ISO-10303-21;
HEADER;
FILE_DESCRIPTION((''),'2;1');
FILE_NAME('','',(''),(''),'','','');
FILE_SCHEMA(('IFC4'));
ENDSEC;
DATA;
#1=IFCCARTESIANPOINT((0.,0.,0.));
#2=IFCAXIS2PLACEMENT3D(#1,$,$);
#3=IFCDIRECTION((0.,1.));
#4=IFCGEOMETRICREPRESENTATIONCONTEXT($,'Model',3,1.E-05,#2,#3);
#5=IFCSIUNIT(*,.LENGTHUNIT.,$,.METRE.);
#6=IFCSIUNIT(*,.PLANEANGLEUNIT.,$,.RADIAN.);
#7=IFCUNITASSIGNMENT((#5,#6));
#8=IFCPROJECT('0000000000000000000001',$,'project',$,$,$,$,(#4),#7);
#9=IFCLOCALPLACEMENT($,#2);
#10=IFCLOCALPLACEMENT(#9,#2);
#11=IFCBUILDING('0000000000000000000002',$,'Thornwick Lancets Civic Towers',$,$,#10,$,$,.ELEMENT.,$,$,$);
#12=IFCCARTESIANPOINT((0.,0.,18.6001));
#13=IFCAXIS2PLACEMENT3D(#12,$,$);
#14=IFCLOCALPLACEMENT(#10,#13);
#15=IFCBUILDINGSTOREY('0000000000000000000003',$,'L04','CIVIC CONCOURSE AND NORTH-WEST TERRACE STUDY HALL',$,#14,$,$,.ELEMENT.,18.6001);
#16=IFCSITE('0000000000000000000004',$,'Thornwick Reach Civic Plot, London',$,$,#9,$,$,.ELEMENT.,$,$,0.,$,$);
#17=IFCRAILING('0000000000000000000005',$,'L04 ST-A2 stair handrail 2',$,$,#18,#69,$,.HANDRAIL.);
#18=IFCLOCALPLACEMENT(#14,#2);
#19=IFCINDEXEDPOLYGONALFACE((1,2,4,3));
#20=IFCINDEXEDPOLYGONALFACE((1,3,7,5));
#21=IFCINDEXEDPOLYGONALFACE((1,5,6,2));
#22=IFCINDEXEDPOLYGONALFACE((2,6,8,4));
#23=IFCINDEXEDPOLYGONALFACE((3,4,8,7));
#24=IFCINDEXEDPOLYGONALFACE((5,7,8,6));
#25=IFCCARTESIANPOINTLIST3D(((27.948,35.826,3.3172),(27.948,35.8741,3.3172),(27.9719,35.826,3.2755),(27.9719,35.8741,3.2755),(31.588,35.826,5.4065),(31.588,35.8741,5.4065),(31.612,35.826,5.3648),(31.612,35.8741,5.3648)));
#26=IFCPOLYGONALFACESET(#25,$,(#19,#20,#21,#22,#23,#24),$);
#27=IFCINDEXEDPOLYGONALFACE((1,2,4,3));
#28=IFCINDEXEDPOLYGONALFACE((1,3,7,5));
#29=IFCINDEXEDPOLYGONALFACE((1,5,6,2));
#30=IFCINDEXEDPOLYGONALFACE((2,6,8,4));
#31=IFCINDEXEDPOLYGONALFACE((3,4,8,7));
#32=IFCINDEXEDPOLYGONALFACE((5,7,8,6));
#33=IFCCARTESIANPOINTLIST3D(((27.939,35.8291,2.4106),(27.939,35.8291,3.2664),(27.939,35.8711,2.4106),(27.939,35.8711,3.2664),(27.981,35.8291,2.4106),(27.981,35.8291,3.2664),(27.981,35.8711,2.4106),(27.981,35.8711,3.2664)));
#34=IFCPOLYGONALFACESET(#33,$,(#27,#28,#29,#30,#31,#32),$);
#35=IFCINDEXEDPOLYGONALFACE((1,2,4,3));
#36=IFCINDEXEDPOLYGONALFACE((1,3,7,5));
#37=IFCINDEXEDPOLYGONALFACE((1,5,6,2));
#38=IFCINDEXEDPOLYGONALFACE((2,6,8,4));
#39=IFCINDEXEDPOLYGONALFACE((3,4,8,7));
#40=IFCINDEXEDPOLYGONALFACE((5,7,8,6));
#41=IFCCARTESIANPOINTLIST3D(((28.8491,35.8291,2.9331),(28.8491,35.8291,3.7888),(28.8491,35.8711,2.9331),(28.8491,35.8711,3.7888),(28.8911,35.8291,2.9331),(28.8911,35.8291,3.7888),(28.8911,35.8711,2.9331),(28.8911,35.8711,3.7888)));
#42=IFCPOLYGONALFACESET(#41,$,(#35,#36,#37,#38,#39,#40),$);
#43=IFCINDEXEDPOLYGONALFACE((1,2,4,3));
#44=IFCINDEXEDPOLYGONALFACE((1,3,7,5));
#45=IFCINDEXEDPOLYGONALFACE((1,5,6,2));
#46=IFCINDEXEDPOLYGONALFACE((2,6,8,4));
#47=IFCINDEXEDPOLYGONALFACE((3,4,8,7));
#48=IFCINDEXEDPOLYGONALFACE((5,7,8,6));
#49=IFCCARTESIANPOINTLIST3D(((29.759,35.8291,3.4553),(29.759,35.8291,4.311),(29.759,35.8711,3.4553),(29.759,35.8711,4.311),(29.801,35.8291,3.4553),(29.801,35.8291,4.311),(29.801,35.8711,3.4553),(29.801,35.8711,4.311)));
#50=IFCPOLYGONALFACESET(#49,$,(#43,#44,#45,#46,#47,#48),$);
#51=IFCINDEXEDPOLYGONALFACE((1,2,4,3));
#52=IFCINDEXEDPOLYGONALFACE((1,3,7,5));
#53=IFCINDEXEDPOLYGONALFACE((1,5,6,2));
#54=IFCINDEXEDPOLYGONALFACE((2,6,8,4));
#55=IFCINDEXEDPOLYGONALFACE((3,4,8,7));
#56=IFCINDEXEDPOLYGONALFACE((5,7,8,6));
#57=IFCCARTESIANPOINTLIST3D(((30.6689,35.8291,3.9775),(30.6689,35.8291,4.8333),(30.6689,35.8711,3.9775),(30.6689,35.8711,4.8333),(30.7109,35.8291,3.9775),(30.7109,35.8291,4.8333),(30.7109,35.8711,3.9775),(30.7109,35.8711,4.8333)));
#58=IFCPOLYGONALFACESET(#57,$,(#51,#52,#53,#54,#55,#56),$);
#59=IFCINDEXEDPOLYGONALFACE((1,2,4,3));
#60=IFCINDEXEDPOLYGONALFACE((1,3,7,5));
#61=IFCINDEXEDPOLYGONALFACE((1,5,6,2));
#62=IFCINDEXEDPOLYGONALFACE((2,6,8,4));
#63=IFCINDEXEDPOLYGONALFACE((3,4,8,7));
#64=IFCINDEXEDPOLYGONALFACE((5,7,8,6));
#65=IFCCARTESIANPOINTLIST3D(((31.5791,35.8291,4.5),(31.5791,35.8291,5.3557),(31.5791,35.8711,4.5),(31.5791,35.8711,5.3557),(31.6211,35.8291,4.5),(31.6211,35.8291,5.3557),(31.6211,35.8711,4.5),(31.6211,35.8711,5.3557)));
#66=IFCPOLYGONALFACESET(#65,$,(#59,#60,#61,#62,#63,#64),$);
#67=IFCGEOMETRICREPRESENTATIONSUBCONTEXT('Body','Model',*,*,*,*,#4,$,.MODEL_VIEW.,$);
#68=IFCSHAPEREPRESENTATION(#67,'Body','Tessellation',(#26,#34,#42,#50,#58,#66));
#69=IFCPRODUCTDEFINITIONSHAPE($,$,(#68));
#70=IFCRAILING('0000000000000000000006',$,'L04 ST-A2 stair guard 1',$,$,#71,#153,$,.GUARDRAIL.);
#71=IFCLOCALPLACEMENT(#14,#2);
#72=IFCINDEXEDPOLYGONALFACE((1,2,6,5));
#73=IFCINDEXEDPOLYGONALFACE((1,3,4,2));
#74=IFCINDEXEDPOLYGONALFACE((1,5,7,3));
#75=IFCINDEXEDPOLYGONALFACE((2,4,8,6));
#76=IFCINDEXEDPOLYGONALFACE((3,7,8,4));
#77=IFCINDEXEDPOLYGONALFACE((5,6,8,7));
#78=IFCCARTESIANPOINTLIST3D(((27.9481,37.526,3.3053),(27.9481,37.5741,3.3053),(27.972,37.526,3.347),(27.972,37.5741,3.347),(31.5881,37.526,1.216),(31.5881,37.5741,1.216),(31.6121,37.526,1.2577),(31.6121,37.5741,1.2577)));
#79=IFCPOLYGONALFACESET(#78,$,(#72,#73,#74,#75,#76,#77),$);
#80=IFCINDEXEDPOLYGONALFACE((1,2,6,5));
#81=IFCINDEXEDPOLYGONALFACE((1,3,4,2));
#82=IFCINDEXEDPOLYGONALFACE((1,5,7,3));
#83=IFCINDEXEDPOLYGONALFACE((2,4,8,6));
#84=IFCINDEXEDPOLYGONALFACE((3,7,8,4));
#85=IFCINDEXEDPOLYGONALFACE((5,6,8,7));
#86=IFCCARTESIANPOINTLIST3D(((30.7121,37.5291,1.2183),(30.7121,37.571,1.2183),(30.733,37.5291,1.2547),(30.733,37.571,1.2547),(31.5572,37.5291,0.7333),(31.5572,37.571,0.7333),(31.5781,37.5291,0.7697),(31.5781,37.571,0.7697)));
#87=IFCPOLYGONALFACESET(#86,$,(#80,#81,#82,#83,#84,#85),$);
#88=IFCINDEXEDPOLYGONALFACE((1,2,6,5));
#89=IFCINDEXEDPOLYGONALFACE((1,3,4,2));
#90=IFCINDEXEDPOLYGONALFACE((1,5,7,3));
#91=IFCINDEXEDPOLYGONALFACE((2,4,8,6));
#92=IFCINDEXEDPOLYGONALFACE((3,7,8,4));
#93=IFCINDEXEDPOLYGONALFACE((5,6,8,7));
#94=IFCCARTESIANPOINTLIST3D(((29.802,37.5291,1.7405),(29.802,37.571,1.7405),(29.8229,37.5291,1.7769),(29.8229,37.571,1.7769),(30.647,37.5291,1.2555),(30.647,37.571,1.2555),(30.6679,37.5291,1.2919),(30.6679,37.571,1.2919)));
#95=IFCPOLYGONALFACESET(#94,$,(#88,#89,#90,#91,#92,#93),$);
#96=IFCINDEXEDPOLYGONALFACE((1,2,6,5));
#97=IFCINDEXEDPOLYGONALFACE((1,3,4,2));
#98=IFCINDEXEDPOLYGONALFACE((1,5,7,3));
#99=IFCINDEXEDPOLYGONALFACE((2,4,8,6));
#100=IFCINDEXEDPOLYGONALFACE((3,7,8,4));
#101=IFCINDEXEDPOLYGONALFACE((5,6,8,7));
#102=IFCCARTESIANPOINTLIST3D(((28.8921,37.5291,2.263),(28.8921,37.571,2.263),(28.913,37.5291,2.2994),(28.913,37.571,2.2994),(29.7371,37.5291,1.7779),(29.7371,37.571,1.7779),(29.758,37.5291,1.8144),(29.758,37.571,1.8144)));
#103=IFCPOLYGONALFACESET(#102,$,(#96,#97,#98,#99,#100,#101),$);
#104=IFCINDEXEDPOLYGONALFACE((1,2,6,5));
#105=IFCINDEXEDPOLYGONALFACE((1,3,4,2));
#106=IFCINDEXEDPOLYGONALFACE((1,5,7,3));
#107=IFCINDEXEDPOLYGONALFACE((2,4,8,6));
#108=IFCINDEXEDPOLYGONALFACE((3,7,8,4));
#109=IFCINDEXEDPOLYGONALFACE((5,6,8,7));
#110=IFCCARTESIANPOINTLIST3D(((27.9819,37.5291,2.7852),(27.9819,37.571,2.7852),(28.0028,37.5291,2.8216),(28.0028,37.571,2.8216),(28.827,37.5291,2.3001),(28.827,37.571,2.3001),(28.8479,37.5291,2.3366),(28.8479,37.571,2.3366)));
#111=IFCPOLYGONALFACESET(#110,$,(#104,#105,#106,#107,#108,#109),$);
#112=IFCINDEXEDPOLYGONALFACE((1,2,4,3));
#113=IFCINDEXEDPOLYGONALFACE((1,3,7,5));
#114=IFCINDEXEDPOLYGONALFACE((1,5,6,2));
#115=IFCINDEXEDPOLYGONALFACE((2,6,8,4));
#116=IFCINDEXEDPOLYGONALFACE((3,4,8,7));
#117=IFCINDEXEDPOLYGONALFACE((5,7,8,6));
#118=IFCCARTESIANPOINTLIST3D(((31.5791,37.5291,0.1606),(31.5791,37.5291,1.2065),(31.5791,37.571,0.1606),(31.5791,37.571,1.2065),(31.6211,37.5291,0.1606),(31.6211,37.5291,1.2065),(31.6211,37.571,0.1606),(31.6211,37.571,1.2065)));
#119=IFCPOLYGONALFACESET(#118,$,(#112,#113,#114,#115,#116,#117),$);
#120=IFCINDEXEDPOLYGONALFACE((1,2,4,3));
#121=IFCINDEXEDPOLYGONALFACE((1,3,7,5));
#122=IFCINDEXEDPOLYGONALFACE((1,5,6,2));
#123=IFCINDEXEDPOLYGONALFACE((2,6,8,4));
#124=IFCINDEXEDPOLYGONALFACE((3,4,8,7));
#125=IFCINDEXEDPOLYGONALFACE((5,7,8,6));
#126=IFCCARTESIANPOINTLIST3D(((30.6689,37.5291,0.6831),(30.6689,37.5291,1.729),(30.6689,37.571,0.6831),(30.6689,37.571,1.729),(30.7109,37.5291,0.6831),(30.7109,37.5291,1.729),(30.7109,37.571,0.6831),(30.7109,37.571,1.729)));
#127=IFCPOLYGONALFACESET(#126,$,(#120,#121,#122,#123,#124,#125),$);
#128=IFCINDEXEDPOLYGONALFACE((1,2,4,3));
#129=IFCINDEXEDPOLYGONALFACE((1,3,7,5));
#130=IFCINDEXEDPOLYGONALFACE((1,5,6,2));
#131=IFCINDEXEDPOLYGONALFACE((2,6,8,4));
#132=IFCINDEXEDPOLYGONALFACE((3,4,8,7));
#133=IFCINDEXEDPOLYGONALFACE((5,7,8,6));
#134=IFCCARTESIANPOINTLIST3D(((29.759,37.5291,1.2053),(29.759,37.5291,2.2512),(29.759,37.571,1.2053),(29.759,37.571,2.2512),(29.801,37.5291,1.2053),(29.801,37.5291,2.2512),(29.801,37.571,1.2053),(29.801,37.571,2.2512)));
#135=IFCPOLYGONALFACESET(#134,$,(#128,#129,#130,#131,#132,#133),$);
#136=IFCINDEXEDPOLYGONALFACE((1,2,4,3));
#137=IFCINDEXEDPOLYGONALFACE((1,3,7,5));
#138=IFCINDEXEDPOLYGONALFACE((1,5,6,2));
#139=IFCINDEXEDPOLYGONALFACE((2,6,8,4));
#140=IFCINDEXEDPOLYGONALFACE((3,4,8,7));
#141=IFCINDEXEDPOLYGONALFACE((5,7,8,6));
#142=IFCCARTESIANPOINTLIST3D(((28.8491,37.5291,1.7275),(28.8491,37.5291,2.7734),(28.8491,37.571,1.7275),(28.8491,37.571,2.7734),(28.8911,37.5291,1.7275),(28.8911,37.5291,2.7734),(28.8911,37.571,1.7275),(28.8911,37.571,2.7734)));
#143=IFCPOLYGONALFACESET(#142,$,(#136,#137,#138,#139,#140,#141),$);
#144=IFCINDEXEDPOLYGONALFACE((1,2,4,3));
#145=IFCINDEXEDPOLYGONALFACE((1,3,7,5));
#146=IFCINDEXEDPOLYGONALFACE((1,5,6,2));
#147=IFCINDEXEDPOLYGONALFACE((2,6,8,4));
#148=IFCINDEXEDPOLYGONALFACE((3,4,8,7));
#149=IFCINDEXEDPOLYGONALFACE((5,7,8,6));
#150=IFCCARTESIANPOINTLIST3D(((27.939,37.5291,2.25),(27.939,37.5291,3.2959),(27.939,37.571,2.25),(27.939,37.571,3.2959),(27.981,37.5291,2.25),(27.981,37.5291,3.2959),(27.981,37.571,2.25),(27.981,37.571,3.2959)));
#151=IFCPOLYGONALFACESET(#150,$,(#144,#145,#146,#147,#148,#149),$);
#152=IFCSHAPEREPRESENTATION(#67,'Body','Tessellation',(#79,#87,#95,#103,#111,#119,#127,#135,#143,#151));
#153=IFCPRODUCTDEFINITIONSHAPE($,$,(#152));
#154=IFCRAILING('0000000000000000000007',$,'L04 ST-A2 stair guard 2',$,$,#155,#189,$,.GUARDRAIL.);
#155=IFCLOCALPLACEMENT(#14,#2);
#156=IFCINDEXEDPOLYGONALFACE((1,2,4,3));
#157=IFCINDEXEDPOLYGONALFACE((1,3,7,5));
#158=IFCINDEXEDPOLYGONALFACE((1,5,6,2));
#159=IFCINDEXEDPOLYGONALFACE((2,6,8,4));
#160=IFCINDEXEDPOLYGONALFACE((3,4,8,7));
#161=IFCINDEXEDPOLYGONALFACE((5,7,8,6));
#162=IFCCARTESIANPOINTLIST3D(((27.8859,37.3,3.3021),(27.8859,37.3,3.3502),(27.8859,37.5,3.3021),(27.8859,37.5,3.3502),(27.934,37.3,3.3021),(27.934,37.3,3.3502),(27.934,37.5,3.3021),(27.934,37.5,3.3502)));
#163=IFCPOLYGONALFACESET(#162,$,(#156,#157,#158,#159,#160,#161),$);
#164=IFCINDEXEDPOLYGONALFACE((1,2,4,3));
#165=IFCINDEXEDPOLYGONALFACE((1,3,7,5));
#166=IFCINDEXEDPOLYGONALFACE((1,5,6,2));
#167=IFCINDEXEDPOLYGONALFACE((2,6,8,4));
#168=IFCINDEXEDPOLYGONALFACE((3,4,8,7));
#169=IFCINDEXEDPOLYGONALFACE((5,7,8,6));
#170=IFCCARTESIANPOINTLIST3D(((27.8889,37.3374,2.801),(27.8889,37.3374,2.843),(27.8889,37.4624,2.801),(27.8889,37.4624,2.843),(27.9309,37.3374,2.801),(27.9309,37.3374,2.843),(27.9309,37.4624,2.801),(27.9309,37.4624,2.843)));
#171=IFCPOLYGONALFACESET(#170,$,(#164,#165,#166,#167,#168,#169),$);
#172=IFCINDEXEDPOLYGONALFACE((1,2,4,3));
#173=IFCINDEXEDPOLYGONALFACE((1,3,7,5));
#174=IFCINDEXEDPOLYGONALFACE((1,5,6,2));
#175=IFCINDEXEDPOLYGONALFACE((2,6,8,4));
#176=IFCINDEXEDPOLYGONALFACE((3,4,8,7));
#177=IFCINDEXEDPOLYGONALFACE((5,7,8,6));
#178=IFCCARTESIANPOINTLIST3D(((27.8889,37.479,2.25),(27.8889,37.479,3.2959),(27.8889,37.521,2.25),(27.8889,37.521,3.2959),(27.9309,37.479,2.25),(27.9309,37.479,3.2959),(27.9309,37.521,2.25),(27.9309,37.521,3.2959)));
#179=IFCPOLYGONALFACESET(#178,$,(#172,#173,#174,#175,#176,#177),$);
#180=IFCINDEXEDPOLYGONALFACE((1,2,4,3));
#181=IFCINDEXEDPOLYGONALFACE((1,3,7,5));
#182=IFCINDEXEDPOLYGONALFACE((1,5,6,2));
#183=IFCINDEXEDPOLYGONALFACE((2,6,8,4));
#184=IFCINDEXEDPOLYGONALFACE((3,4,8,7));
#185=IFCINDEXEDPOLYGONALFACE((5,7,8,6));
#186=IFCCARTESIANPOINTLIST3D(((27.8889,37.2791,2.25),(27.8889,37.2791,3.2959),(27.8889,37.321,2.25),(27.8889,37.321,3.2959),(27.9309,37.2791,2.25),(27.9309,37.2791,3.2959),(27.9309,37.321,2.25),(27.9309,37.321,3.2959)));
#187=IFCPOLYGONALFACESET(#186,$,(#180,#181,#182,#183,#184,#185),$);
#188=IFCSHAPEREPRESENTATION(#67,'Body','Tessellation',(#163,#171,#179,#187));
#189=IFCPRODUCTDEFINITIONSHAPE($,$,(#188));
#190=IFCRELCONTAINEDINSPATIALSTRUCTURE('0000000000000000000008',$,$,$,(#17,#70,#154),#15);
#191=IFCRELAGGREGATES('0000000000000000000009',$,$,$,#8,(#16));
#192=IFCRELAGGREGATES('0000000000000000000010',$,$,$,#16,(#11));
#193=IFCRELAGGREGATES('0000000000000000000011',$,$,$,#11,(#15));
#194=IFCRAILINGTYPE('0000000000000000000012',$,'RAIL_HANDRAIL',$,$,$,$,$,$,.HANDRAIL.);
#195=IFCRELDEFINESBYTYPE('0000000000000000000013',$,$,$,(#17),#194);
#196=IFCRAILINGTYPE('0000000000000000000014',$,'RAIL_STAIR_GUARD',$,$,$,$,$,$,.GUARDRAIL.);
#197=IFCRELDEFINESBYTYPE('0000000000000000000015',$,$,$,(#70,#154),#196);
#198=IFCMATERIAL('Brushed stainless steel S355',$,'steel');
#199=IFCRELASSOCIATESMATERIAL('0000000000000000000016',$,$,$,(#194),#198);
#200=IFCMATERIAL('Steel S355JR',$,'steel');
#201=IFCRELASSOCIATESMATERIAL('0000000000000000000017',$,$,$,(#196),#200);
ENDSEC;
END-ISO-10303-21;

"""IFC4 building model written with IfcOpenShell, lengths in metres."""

from ifc_helpers import new_model, si_unit, direction, frame, origin, origin_2d, place, context, subcontext, project, spatial, rectangle, extrude, material, type_object, element, save


model = new_model("IFC4")

# Units and contexts
model_context = context("Model", 3, precision=1e-05, world=origin(), true_north=direction((0.0, 1.0)))
body_context = subcontext(model_context, "Body", "Model", "MODEL_VIEW")
ifc_project = project(units=[si_unit("LENGTHUNIT", "METRE"), si_unit("PLANEANGLEUNIT", "RADIAN")], contexts=[model_context])

# Site, building, storey
site_placement = place(None, origin())
site = spatial("IfcSite", under=ifc_project, at=site_placement, Name="Thornwick Reach Civic Plot, London", CompositionType="ELEMENT", RefElevation=0.0)
building_placement = place(site_placement, origin())
building = spatial("IfcBuilding", under=site, at=building_placement, Name="Thornwick Lancets Civic Towers", CompositionType="ELEMENT")
storey_placement = place(building_placement, frame((0.0, 0.0, 18.6001)))
storey = spatial("IfcBuildingStorey", under=building, at=storey_placement, Name="L04", Description="CIVIC CONCOURSE AND NORTH-WEST TERRACE STUDY HALL", CompositionType="ELEMENT", Elevation=18.6001)

# Shared definitions
ifc_material_1 = material(Name="Steel S355JR", Category="steel")

# Railings
ifc_material_2 = material(Name="Brushed stainless steel S355", Category="steel")
railing_type_1 = type_object("IfcRailingType", Name="RAIL_HANDRAIL", PredefinedType="HANDRAIL", material=ifc_material_2)
railing_1_placement = place(storey_placement, frame((27.96, 35.8501, 2.4106)))
element("IfcRailing", 1, at=railing_1_placement, inside=storey, type_object=railing_type_1, Name="L04 ST-A2 stair handrail 2", PredefinedType="HANDRAIL", context=body_context, shape_type="SweptSolid", body=[
    extrude(rectangle(XDim=0.0481, YDim=0.0481, at=origin_2d()), frame((0.0, 0.0, 0.8857), z_axis=(0.867289, 0.0, 0.497804), x_axis=(0.0, 1.0, 0.0)), (0.0, 0.0, 1.0), 4.197),
    extrude(rectangle(XDim=0.042, YDim=0.042, at=origin_2d()), origin(), (0.0, 0.0, 1.0), 0.8557),
    extrude(rectangle(XDim=0.042, YDim=0.042, at=origin_2d()), frame((0.9102, 0.0, 0.5225)), (0.0, 0.0, 1.0), 0.8557),
    extrude(rectangle(XDim=0.042, YDim=0.042, at=origin_2d()), frame((1.8201, 0.0, 1.0447)), (0.0, 0.0, 1.0), 0.8557),
    extrude(rectangle(XDim=0.042, YDim=0.042, at=origin_2d()), frame((2.73, 0.0, 1.5669)), (0.0, 0.0, 1.0), 0.8557),
    extrude(rectangle(XDim=0.042, YDim=0.042, at=origin_2d()), frame((3.6401, 0.0, 2.0894)), (0.0, 0.0, 1.0), 0.8557),
])
railing_type_2 = type_object("IfcRailingType", Name="RAIL_STAIR_GUARD", PredefinedType="GUARDRAIL", material=ifc_material_1)
railing_2_placement = place(storey_placement, frame((31.6001, 37.55, 0.1606)))
element("IfcRailing", 2, at=railing_2_placement, inside=storey, type_object=railing_type_2, Name="L04 ST-A2 stair guard 1", PredefinedType="GUARDRAIL", context=body_context, shape_type="SweptSolid", body=[
    extrude(rectangle(XDim=0.0481, YDim=0.0481, at=origin_2d()), frame((0.0, 0.0, 1.0762), z_axis=(-0.867289, 0.0, 0.497804), x_axis=(0.0, -1.0, 0.0)), (0.0, 0.0, 1.0), 4.197),
    extrude(rectangle(XDim=0.042, YDim=0.042, at=origin_2d()), frame((-0.0325, 0.0, 0.5908), z_axis=(-0.867289, 0.0, 0.497804), x_axis=(0.0, -1.0, 0.0)), (0.0, 0.0, 1.0), 0.9744),
    extrude(rectangle(XDim=0.042, YDim=0.042, at=origin_2d()), frame((-0.9426, 0.0, 1.113), z_axis=(-0.867289, 0.0, 0.497804), x_axis=(0.0, -1.0, 0.0)), (0.0, 0.0, 1.0), 0.9744),
    extrude(rectangle(XDim=0.042, YDim=0.042, at=origin_2d()), frame((-1.8525, 0.0, 1.6355), z_axis=(-0.867289, 0.0, 0.497804), x_axis=(0.0, -1.0, 0.0)), (0.0, 0.0, 1.0), 0.9744),
    extrude(rectangle(XDim=0.042, YDim=0.042, at=origin_2d()), frame((-2.7627, 0.0, 2.1577), z_axis=(-0.867289, 0.0, 0.497804), x_axis=(0.0, -1.0, 0.0)), (0.0, 0.0, 1.0), 0.9744),
    extrude(rectangle(XDim=0.042, YDim=0.042, at=origin_2d()), origin(), (0.0, 0.0, 1.0), 1.0459),
    extrude(rectangle(XDim=0.042, YDim=0.042, at=origin_2d()), frame((-0.9102, 0.0, 0.5225)), (0.0, 0.0, 1.0), 1.0459),
    extrude(rectangle(XDim=0.042, YDim=0.042, at=origin_2d()), frame((-1.8201, 0.0, 1.0447)), (0.0, 0.0, 1.0), 1.0459),
    extrude(rectangle(XDim=0.042, YDim=0.042, at=origin_2d()), frame((-2.73, 0.0, 1.5669)), (0.0, 0.0, 1.0), 1.0459),
    extrude(rectangle(XDim=0.042, YDim=0.042, at=origin_2d()), frame((-3.6401, 0.0, 2.0894)), (0.0, 0.0, 1.0), 1.0459),
])
railing_3_placement = place(storey_placement, frame((27.9099, 37.5, 2.25)))
element("IfcRailing", 3, at=railing_3_placement, inside=storey, type_object=railing_type_2, Name="L04 ST-A2 stair guard 2", PredefinedType="GUARDRAIL", context=body_context, shape_type="SweptSolid", body=[
    extrude(rectangle(XDim=0.0481, YDim=0.0481, at=origin_2d()), frame((0.0, 0.0, 1.0762), z_axis=(0.0, -1.0, 0.0), x_axis=(1.0, 0.0, 0.0)), (0.0, 0.0, 1.0), 0.2),
    extrude(rectangle(XDim=0.042, YDim=0.042, at=origin_2d()), frame((0.0, -0.0376, 0.572), z_axis=(0.0, -1.0, 0.0), x_axis=(1.0, 0.0, 0.0)), (0.0, 0.0, 1.0), 0.125),
    extrude(rectangle(XDim=0.042, YDim=0.042, at=origin_2d()), origin(), (0.0, 0.0, 1.0), 1.0459),
    extrude(rectangle(XDim=0.042, YDim=0.042, at=origin_2d()), frame((0.0, -0.2, 0.0)), (0.0, 0.0, 1.0), 1.0459),
])

save(model, "model.ifc")
